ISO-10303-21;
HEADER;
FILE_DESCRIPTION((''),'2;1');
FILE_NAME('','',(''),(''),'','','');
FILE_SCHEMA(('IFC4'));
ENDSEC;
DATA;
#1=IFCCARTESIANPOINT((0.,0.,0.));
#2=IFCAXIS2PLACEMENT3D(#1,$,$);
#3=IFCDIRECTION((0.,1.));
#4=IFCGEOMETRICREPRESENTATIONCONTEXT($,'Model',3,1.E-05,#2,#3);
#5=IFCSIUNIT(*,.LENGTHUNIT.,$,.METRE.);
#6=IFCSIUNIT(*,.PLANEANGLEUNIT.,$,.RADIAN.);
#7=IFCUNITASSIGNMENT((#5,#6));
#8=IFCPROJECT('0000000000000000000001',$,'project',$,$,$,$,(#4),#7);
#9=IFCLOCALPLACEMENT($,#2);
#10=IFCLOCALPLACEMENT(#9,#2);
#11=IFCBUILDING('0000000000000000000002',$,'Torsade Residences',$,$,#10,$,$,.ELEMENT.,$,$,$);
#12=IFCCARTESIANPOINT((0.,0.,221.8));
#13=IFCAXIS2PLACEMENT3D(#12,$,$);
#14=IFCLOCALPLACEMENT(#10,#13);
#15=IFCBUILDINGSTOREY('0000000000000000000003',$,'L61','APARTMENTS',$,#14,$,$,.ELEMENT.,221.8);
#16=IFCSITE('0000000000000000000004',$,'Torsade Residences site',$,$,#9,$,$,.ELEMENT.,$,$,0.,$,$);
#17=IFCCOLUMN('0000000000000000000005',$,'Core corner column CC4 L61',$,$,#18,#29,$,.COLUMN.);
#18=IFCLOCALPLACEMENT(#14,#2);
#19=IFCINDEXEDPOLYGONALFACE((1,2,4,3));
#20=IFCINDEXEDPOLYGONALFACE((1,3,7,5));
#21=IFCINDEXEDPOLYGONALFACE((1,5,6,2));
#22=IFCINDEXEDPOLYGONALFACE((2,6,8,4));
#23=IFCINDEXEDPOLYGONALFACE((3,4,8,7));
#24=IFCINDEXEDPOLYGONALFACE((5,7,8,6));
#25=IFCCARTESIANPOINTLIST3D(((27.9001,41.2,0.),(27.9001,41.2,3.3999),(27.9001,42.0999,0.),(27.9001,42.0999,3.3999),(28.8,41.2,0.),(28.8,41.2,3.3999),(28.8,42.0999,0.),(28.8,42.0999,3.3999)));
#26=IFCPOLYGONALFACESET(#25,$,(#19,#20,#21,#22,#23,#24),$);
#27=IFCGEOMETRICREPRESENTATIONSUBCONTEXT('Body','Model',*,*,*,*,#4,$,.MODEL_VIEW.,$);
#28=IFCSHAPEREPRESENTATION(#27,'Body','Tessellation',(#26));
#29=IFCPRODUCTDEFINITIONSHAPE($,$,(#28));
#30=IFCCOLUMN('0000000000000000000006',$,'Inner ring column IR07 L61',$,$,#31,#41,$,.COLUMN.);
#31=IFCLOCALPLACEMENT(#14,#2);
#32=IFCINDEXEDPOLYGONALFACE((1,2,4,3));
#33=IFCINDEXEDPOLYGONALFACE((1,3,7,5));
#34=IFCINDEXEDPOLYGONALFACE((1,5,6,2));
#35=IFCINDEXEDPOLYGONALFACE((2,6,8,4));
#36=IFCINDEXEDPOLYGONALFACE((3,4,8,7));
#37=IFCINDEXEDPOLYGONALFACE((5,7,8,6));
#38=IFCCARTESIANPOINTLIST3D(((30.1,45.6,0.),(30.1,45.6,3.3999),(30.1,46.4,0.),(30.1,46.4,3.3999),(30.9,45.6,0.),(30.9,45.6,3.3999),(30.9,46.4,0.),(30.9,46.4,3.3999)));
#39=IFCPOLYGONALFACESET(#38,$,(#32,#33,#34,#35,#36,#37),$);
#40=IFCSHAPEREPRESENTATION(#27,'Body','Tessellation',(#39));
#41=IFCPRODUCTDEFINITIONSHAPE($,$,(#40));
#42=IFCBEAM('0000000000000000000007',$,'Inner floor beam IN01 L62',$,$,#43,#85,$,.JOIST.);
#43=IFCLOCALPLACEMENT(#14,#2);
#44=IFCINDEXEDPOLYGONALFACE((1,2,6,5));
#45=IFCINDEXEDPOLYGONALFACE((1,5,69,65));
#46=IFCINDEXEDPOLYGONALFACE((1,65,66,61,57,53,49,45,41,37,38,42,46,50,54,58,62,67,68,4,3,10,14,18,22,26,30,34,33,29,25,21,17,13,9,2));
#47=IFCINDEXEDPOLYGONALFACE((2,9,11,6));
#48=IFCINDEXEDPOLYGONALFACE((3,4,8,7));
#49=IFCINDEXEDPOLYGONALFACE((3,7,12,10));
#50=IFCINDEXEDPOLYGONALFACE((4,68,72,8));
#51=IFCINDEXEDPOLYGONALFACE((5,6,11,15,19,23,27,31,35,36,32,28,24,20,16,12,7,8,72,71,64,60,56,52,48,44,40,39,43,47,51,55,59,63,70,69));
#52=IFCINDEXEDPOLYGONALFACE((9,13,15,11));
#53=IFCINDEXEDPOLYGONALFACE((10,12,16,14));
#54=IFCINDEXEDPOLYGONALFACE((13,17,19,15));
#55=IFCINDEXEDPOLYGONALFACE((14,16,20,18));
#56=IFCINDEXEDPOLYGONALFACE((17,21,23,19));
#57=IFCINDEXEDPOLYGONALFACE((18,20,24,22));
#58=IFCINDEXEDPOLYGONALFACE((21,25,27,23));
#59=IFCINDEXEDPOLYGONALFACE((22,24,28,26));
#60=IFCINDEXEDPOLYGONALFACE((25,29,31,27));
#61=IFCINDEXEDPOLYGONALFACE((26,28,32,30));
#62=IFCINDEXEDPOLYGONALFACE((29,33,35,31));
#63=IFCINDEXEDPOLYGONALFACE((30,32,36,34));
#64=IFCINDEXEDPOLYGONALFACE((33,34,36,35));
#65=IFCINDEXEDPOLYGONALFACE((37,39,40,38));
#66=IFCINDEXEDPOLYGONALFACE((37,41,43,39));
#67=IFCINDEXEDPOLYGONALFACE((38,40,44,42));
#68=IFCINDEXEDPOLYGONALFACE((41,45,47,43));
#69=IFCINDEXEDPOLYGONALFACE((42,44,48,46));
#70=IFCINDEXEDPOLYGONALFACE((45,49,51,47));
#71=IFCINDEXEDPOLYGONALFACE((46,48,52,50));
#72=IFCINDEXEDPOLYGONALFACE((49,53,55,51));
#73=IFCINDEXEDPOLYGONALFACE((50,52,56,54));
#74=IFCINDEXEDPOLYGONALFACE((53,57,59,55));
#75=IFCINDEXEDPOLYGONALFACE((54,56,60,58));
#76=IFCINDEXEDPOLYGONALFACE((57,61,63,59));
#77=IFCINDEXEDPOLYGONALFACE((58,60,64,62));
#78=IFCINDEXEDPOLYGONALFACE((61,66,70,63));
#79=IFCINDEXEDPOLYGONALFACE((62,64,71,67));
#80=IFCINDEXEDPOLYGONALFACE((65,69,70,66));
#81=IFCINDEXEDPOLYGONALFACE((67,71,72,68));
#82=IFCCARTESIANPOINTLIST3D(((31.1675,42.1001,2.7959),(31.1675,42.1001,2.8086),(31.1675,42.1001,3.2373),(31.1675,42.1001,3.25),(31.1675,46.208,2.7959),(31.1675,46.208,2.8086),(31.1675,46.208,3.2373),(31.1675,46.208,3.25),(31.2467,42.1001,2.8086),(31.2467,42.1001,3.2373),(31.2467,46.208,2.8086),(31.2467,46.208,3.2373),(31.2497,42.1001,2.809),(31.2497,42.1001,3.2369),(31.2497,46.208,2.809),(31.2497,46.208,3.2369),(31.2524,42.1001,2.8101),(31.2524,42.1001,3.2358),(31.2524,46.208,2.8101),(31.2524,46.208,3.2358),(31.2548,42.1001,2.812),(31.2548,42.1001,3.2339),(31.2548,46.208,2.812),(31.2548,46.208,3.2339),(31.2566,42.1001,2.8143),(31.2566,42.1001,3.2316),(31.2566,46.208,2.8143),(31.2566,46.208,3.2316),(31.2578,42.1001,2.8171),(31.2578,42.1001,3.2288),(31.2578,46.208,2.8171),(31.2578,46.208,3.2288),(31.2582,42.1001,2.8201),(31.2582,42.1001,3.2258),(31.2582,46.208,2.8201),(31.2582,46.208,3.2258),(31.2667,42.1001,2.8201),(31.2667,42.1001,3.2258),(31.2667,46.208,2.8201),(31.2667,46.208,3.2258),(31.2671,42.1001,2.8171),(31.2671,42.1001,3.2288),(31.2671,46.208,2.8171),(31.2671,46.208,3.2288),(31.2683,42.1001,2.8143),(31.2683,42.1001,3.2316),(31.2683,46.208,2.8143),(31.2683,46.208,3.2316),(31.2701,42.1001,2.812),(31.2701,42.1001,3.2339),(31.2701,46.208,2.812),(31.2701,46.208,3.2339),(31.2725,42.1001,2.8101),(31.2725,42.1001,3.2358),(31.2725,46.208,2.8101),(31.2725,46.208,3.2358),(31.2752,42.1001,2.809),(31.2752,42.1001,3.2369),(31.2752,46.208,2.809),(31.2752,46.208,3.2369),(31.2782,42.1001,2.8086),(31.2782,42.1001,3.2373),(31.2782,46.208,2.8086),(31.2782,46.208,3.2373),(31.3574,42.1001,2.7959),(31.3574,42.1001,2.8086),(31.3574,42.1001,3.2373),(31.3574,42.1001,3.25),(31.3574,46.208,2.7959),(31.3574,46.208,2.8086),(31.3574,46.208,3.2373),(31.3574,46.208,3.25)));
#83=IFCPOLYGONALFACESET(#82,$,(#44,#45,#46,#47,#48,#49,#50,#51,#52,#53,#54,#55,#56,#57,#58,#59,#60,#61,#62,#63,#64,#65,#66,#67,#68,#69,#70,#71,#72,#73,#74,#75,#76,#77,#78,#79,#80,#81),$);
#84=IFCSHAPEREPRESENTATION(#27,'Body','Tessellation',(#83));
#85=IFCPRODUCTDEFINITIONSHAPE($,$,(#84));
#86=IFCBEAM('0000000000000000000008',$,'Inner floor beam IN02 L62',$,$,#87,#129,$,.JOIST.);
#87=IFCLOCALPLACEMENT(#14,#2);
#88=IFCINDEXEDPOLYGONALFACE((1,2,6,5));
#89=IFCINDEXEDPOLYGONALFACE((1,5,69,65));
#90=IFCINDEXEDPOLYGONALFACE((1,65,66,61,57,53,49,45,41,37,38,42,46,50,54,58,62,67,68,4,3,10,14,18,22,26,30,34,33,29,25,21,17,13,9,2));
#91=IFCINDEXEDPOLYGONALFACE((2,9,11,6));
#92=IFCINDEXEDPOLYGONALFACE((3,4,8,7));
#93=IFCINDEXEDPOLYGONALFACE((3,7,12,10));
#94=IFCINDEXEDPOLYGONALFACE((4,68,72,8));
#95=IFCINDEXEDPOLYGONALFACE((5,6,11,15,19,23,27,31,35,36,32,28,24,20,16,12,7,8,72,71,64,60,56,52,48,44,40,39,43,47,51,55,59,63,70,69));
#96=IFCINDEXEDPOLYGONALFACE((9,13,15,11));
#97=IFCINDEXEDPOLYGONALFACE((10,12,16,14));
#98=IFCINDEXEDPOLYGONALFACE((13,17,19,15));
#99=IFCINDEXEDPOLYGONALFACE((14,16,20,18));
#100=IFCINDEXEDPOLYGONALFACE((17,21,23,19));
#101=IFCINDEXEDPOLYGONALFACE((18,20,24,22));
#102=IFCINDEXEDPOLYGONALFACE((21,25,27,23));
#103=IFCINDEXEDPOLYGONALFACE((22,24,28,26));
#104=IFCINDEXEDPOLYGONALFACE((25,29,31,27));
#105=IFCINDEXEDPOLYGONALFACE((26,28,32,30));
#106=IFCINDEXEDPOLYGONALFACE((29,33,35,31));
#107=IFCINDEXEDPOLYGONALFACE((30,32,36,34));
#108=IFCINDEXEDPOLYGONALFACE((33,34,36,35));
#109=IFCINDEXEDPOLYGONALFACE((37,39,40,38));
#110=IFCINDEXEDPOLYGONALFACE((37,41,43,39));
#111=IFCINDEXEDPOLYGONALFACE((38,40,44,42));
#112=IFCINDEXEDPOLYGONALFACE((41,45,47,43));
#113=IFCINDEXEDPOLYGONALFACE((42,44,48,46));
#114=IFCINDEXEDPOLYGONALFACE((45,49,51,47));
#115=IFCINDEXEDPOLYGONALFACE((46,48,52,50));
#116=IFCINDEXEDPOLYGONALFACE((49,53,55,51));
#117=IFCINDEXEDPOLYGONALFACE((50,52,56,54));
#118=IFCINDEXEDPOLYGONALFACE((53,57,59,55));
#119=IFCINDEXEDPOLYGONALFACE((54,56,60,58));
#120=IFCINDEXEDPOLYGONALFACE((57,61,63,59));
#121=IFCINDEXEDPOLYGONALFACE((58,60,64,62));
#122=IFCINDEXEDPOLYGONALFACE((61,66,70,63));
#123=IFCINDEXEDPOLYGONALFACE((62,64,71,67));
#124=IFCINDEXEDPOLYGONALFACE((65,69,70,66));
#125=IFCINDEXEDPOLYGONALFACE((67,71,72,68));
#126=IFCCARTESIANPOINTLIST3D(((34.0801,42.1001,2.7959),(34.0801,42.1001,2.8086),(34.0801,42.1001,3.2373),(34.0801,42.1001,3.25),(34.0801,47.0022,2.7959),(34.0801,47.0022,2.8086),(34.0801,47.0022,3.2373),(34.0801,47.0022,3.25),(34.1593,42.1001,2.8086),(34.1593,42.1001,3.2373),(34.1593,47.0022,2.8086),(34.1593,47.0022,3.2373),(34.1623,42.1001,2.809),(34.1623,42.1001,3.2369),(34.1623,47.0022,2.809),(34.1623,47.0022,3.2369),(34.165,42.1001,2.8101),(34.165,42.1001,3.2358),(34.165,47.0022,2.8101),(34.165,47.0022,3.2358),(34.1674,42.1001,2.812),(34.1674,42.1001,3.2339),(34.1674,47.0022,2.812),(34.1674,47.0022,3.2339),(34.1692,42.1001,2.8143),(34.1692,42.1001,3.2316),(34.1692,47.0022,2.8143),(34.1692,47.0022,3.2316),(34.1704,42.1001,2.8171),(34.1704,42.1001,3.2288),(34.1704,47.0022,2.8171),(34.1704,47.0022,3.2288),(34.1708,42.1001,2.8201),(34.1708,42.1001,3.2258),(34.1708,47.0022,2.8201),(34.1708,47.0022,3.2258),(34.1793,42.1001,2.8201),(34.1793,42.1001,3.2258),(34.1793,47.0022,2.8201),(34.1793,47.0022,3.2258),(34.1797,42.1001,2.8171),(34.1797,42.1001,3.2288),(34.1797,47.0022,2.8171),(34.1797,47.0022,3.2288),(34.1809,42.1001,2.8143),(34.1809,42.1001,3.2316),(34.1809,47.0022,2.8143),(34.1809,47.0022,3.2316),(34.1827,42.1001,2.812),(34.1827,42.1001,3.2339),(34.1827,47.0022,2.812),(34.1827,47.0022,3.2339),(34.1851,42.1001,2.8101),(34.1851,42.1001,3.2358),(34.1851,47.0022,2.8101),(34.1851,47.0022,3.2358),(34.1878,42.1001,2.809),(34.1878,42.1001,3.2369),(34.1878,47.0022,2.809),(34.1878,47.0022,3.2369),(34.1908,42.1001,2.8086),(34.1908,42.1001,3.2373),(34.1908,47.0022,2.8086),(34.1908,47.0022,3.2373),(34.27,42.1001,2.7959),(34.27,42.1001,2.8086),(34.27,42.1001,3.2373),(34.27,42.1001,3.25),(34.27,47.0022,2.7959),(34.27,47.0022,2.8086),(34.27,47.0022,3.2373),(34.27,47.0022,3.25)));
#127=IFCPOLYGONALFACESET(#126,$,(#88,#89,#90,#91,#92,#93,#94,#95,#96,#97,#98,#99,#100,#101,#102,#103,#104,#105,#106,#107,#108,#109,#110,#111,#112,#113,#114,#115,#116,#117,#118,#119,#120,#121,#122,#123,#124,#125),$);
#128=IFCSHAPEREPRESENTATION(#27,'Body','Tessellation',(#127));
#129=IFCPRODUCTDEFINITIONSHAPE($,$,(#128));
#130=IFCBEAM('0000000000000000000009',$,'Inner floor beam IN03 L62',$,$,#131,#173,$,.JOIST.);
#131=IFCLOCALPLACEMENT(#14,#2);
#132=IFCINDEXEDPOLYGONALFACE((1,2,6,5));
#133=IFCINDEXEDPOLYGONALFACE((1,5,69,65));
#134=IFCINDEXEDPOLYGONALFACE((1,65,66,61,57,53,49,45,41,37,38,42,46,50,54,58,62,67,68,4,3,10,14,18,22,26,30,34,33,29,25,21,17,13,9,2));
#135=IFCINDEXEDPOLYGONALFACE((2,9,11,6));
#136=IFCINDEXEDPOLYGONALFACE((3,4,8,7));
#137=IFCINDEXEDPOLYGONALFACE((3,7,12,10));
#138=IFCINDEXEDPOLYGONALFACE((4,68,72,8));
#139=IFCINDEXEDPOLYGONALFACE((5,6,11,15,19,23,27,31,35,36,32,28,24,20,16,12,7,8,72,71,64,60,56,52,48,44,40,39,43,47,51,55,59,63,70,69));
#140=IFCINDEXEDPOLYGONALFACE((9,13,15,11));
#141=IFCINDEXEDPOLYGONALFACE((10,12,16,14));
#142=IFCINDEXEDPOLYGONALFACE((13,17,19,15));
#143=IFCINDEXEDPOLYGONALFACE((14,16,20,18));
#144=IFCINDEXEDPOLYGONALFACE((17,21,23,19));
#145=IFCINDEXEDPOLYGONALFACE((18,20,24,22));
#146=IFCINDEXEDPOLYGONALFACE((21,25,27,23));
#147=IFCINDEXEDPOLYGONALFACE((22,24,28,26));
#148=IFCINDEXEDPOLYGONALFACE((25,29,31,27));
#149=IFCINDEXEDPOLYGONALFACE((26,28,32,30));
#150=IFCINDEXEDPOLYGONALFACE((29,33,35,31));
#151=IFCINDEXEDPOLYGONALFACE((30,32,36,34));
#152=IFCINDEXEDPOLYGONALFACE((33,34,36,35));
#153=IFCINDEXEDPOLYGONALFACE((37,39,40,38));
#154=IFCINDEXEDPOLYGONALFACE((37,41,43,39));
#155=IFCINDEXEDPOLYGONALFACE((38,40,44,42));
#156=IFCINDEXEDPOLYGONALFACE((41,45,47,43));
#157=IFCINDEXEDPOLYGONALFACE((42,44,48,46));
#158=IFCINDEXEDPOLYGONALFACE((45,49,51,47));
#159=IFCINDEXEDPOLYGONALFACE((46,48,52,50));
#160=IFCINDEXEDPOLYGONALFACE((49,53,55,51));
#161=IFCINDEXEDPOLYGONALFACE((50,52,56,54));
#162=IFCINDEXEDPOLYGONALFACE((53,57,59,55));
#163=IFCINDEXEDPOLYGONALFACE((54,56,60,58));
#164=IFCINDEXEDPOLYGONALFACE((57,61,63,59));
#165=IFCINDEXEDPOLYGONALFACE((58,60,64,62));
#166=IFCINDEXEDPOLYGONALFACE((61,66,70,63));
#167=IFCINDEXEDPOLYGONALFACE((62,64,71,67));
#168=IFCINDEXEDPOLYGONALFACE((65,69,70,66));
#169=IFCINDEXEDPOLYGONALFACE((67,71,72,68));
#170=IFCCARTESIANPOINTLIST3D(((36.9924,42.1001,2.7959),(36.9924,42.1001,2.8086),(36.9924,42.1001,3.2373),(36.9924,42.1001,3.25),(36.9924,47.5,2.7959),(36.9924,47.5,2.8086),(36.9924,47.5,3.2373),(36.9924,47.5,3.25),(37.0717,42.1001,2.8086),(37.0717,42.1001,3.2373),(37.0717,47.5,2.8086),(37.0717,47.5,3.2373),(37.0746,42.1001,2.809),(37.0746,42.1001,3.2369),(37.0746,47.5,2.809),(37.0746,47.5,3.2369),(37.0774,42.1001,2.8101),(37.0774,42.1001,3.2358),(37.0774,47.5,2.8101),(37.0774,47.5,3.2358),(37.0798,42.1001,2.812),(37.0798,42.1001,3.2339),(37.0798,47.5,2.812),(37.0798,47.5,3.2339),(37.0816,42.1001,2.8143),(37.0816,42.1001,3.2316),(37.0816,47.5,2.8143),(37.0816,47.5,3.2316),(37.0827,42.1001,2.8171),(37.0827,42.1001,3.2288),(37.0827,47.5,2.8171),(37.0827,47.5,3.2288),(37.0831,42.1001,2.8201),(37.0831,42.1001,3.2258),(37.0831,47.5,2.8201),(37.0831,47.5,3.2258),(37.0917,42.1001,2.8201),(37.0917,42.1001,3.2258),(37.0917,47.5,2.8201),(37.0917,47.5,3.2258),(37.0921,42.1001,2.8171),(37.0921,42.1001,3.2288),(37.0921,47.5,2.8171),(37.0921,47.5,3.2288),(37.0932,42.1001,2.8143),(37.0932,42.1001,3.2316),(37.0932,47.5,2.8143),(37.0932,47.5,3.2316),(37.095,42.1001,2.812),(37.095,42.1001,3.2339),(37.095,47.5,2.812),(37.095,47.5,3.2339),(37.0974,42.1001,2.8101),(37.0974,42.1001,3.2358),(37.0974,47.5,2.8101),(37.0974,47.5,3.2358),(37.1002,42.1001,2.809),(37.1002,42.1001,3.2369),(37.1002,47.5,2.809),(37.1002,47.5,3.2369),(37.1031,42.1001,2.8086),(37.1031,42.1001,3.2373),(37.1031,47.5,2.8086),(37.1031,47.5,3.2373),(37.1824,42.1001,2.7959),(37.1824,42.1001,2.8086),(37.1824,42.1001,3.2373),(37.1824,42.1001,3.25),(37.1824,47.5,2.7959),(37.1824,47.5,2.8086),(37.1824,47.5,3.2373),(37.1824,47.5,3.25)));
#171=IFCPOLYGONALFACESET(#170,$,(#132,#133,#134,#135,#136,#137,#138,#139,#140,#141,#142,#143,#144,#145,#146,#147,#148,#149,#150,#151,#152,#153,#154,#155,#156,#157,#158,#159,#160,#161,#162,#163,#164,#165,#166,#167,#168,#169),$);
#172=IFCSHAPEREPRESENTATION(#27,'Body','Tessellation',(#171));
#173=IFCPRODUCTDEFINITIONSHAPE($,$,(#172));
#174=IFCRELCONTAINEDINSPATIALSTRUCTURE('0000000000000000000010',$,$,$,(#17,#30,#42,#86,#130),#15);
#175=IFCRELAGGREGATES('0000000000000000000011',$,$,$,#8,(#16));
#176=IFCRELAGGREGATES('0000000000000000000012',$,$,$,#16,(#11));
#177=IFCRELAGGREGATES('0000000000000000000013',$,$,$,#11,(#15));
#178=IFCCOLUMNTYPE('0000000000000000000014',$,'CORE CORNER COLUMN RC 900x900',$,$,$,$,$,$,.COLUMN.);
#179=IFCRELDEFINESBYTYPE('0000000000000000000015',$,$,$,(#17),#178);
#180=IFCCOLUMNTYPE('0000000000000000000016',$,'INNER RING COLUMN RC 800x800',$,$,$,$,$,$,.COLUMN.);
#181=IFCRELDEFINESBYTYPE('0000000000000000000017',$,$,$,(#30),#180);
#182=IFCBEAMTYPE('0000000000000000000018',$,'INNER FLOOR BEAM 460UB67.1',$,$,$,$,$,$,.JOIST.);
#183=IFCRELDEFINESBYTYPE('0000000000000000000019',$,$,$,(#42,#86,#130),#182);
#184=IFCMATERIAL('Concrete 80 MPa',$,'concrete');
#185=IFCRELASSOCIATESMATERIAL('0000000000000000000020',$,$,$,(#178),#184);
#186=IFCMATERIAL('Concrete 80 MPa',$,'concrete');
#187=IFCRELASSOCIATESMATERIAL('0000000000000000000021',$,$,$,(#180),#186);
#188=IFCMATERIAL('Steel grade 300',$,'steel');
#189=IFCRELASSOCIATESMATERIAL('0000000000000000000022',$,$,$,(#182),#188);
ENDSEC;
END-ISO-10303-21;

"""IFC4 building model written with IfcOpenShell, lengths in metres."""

from ifc_helpers import new_model, si_unit, direction, frame, origin, origin_2d, place, context, subcontext, project, spatial, rectangle, i_section, extrude, material, material_profile, profile_set, type_object, element, save


model = new_model("IFC4")

# Units and contexts
model_context = context("Model", 3, precision=1e-05, world=origin(), true_north=direction((0.0, 1.0)))
body_context = subcontext(model_context, "Body", "Model", "MODEL_VIEW")
ifc_project = project(units=[si_unit("LENGTHUNIT", "METRE"), si_unit("PLANEANGLEUNIT", "RADIAN")], contexts=[model_context])

# Site, building, storey
site_placement = place(None, origin())
site = spatial("IfcSite", under=ifc_project, at=site_placement, Name="Torsade Residences site", CompositionType="ELEMENT", RefElevation=0.0)
building_placement = place(site_placement, origin())
building = spatial("IfcBuilding", under=site, at=building_placement, Name="Torsade Residences", CompositionType="ELEMENT")
storey_placement = place(building_placement, frame((0.0, 0.0, 221.8)))
storey = spatial("IfcBuildingStorey", under=building, at=storey_placement, Name="L61", Description="APARTMENTS", CompositionType="ELEMENT", Elevation=221.8)

# Columns
ifc_material_1 = material(Name="Concrete 80 MPa", Category="concrete")
ifc_material_profile_1 = material_profile(ifc_material_1, rectangle(XDim=0.8999, YDim=0.8999, at=origin_2d()), Name="RC 900x900")
ifc_profile_set_1 = profile_set([ifc_material_profile_1], Name="Concrete 80 MPa")
column_type_1 = type_object("IfcColumnType", Name="CORE CORNER COLUMN RC 900x900", PredefinedType="COLUMN", material=ifc_profile_set_1)
column_1_placement = place(storey_placement, frame((28.3501, 41.6499, 0.0), z_axis=(0.0, 0.0, 1.0), x_axis=(1.0, 0.0, 0.0)))
element("IfcColumn", 1, at=column_1_placement, inside=storey, type_object=column_type_1, Name="Core corner column CC4 L61", PredefinedType="COLUMN", context=body_context, shape_type="SweptSolid", body=[
    extrude(rectangle(XDim=0.8999, YDim=0.8999, at=origin_2d()), origin(), (0.0, 0.0, 1.0), 3.3999),
])
ifc_material_2 = material(Name="Concrete 80 MPa", Category="concrete")
ifc_material_profile_2 = material_profile(ifc_material_2, rectangle(XDim=0.8, YDim=0.8, at=origin_2d()), Name="RC 800x800")
ifc_profile_set_2 = profile_set([ifc_material_profile_2], Name="Concrete 80 MPa")
column_type_2 = type_object("IfcColumnType", Name="INNER RING COLUMN RC 800x800", PredefinedType="COLUMN", material=ifc_profile_set_2)
column_2_placement = place(storey_placement, frame((30.5, 46.0, 0.0), z_axis=(0.0, 0.0, 1.0), x_axis=(1.0, 0.0, 0.0)))
element("IfcColumn", 2, at=column_2_placement, inside=storey, type_object=column_type_2, Name="Inner ring column IR07 L61", PredefinedType="COLUMN", context=body_context, shape_type="SweptSolid", body=[
    extrude(rectangle(XDim=0.8, YDim=0.8, at=origin_2d()), origin(), (0.0, 0.0, 1.0), 3.3999),
])

# Beams
ifc_material_3 = material(Name="Steel grade 300", Category="steel")
ifc_material_profile_3 = material_profile(ifc_material_3, i_section(OverallWidth=0.1899, OverallDepth=0.4541, WebThickness=0.0085, FlangeThickness=0.0127, FilletRadius=0.0115, at=origin_2d()), Name="460UB67.1")
ifc_profile_set_3 = profile_set([ifc_material_profile_3], Name="Steel grade 300")
beam_type_1 = type_object("IfcBeamType", Name="INNER FLOOR BEAM 460UB67.1", PredefinedType="JOIST", material=ifc_profile_set_3)
beam_1_placement = place(storey_placement, frame((31.2625, 42.1001, 3.0229), z_axis=(0.0, 1.0, 0.0), x_axis=(-1.0, 0.0, 0.0)))
element("IfcBeam", 3, at=beam_1_placement, inside=storey, type_object=beam_type_1, Name="Inner floor beam IN01 L62", PredefinedType="JOIST", context=body_context, shape_type="SweptSolid", body=[
    extrude(i_section(OverallWidth=0.1899, OverallDepth=0.4541, WebThickness=0.0085, FlangeThickness=0.0127, FilletRadius=0.0115, at=origin_2d()), origin(), (0.0, 0.0, 1.0), 4.1079),
])
beam_2_placement = place(storey_placement, frame((34.175, 42.1001, 3.0229), z_axis=(0.0, 1.0, 0.0), x_axis=(-1.0, 0.0, 0.0)))
element("IfcBeam", 4, at=beam_2_placement, inside=storey, type_object=beam_type_1, Name="Inner floor beam IN02 L62", PredefinedType="JOIST", context=body_context, shape_type="SweptSolid", body=[
    extrude(i_section(OverallWidth=0.1899, OverallDepth=0.4541, WebThickness=0.0085, FlangeThickness=0.0127, FilletRadius=0.0115, at=origin_2d()), origin(), (0.0, 0.0, 1.0), 4.9021),
])
beam_3_placement = place(storey_placement, frame((37.0874, 42.1001, 3.0229), z_axis=(0.0, 1.0, 0.0), x_axis=(-1.0, 0.0, 0.0)))
element("IfcBeam", 5, at=beam_3_placement, inside=storey, type_object=beam_type_1, Name="Inner floor beam IN03 L62", PredefinedType="JOIST", context=body_context, shape_type="SweptSolid", body=[
    extrude(i_section(OverallWidth=0.1899, OverallDepth=0.4541, WebThickness=0.0085, FlangeThickness=0.0127, FilletRadius=0.0115, at=origin_2d()), origin(), (0.0, 0.0, 1.0), 5.3999),
])

save(model, "model.ifc")
